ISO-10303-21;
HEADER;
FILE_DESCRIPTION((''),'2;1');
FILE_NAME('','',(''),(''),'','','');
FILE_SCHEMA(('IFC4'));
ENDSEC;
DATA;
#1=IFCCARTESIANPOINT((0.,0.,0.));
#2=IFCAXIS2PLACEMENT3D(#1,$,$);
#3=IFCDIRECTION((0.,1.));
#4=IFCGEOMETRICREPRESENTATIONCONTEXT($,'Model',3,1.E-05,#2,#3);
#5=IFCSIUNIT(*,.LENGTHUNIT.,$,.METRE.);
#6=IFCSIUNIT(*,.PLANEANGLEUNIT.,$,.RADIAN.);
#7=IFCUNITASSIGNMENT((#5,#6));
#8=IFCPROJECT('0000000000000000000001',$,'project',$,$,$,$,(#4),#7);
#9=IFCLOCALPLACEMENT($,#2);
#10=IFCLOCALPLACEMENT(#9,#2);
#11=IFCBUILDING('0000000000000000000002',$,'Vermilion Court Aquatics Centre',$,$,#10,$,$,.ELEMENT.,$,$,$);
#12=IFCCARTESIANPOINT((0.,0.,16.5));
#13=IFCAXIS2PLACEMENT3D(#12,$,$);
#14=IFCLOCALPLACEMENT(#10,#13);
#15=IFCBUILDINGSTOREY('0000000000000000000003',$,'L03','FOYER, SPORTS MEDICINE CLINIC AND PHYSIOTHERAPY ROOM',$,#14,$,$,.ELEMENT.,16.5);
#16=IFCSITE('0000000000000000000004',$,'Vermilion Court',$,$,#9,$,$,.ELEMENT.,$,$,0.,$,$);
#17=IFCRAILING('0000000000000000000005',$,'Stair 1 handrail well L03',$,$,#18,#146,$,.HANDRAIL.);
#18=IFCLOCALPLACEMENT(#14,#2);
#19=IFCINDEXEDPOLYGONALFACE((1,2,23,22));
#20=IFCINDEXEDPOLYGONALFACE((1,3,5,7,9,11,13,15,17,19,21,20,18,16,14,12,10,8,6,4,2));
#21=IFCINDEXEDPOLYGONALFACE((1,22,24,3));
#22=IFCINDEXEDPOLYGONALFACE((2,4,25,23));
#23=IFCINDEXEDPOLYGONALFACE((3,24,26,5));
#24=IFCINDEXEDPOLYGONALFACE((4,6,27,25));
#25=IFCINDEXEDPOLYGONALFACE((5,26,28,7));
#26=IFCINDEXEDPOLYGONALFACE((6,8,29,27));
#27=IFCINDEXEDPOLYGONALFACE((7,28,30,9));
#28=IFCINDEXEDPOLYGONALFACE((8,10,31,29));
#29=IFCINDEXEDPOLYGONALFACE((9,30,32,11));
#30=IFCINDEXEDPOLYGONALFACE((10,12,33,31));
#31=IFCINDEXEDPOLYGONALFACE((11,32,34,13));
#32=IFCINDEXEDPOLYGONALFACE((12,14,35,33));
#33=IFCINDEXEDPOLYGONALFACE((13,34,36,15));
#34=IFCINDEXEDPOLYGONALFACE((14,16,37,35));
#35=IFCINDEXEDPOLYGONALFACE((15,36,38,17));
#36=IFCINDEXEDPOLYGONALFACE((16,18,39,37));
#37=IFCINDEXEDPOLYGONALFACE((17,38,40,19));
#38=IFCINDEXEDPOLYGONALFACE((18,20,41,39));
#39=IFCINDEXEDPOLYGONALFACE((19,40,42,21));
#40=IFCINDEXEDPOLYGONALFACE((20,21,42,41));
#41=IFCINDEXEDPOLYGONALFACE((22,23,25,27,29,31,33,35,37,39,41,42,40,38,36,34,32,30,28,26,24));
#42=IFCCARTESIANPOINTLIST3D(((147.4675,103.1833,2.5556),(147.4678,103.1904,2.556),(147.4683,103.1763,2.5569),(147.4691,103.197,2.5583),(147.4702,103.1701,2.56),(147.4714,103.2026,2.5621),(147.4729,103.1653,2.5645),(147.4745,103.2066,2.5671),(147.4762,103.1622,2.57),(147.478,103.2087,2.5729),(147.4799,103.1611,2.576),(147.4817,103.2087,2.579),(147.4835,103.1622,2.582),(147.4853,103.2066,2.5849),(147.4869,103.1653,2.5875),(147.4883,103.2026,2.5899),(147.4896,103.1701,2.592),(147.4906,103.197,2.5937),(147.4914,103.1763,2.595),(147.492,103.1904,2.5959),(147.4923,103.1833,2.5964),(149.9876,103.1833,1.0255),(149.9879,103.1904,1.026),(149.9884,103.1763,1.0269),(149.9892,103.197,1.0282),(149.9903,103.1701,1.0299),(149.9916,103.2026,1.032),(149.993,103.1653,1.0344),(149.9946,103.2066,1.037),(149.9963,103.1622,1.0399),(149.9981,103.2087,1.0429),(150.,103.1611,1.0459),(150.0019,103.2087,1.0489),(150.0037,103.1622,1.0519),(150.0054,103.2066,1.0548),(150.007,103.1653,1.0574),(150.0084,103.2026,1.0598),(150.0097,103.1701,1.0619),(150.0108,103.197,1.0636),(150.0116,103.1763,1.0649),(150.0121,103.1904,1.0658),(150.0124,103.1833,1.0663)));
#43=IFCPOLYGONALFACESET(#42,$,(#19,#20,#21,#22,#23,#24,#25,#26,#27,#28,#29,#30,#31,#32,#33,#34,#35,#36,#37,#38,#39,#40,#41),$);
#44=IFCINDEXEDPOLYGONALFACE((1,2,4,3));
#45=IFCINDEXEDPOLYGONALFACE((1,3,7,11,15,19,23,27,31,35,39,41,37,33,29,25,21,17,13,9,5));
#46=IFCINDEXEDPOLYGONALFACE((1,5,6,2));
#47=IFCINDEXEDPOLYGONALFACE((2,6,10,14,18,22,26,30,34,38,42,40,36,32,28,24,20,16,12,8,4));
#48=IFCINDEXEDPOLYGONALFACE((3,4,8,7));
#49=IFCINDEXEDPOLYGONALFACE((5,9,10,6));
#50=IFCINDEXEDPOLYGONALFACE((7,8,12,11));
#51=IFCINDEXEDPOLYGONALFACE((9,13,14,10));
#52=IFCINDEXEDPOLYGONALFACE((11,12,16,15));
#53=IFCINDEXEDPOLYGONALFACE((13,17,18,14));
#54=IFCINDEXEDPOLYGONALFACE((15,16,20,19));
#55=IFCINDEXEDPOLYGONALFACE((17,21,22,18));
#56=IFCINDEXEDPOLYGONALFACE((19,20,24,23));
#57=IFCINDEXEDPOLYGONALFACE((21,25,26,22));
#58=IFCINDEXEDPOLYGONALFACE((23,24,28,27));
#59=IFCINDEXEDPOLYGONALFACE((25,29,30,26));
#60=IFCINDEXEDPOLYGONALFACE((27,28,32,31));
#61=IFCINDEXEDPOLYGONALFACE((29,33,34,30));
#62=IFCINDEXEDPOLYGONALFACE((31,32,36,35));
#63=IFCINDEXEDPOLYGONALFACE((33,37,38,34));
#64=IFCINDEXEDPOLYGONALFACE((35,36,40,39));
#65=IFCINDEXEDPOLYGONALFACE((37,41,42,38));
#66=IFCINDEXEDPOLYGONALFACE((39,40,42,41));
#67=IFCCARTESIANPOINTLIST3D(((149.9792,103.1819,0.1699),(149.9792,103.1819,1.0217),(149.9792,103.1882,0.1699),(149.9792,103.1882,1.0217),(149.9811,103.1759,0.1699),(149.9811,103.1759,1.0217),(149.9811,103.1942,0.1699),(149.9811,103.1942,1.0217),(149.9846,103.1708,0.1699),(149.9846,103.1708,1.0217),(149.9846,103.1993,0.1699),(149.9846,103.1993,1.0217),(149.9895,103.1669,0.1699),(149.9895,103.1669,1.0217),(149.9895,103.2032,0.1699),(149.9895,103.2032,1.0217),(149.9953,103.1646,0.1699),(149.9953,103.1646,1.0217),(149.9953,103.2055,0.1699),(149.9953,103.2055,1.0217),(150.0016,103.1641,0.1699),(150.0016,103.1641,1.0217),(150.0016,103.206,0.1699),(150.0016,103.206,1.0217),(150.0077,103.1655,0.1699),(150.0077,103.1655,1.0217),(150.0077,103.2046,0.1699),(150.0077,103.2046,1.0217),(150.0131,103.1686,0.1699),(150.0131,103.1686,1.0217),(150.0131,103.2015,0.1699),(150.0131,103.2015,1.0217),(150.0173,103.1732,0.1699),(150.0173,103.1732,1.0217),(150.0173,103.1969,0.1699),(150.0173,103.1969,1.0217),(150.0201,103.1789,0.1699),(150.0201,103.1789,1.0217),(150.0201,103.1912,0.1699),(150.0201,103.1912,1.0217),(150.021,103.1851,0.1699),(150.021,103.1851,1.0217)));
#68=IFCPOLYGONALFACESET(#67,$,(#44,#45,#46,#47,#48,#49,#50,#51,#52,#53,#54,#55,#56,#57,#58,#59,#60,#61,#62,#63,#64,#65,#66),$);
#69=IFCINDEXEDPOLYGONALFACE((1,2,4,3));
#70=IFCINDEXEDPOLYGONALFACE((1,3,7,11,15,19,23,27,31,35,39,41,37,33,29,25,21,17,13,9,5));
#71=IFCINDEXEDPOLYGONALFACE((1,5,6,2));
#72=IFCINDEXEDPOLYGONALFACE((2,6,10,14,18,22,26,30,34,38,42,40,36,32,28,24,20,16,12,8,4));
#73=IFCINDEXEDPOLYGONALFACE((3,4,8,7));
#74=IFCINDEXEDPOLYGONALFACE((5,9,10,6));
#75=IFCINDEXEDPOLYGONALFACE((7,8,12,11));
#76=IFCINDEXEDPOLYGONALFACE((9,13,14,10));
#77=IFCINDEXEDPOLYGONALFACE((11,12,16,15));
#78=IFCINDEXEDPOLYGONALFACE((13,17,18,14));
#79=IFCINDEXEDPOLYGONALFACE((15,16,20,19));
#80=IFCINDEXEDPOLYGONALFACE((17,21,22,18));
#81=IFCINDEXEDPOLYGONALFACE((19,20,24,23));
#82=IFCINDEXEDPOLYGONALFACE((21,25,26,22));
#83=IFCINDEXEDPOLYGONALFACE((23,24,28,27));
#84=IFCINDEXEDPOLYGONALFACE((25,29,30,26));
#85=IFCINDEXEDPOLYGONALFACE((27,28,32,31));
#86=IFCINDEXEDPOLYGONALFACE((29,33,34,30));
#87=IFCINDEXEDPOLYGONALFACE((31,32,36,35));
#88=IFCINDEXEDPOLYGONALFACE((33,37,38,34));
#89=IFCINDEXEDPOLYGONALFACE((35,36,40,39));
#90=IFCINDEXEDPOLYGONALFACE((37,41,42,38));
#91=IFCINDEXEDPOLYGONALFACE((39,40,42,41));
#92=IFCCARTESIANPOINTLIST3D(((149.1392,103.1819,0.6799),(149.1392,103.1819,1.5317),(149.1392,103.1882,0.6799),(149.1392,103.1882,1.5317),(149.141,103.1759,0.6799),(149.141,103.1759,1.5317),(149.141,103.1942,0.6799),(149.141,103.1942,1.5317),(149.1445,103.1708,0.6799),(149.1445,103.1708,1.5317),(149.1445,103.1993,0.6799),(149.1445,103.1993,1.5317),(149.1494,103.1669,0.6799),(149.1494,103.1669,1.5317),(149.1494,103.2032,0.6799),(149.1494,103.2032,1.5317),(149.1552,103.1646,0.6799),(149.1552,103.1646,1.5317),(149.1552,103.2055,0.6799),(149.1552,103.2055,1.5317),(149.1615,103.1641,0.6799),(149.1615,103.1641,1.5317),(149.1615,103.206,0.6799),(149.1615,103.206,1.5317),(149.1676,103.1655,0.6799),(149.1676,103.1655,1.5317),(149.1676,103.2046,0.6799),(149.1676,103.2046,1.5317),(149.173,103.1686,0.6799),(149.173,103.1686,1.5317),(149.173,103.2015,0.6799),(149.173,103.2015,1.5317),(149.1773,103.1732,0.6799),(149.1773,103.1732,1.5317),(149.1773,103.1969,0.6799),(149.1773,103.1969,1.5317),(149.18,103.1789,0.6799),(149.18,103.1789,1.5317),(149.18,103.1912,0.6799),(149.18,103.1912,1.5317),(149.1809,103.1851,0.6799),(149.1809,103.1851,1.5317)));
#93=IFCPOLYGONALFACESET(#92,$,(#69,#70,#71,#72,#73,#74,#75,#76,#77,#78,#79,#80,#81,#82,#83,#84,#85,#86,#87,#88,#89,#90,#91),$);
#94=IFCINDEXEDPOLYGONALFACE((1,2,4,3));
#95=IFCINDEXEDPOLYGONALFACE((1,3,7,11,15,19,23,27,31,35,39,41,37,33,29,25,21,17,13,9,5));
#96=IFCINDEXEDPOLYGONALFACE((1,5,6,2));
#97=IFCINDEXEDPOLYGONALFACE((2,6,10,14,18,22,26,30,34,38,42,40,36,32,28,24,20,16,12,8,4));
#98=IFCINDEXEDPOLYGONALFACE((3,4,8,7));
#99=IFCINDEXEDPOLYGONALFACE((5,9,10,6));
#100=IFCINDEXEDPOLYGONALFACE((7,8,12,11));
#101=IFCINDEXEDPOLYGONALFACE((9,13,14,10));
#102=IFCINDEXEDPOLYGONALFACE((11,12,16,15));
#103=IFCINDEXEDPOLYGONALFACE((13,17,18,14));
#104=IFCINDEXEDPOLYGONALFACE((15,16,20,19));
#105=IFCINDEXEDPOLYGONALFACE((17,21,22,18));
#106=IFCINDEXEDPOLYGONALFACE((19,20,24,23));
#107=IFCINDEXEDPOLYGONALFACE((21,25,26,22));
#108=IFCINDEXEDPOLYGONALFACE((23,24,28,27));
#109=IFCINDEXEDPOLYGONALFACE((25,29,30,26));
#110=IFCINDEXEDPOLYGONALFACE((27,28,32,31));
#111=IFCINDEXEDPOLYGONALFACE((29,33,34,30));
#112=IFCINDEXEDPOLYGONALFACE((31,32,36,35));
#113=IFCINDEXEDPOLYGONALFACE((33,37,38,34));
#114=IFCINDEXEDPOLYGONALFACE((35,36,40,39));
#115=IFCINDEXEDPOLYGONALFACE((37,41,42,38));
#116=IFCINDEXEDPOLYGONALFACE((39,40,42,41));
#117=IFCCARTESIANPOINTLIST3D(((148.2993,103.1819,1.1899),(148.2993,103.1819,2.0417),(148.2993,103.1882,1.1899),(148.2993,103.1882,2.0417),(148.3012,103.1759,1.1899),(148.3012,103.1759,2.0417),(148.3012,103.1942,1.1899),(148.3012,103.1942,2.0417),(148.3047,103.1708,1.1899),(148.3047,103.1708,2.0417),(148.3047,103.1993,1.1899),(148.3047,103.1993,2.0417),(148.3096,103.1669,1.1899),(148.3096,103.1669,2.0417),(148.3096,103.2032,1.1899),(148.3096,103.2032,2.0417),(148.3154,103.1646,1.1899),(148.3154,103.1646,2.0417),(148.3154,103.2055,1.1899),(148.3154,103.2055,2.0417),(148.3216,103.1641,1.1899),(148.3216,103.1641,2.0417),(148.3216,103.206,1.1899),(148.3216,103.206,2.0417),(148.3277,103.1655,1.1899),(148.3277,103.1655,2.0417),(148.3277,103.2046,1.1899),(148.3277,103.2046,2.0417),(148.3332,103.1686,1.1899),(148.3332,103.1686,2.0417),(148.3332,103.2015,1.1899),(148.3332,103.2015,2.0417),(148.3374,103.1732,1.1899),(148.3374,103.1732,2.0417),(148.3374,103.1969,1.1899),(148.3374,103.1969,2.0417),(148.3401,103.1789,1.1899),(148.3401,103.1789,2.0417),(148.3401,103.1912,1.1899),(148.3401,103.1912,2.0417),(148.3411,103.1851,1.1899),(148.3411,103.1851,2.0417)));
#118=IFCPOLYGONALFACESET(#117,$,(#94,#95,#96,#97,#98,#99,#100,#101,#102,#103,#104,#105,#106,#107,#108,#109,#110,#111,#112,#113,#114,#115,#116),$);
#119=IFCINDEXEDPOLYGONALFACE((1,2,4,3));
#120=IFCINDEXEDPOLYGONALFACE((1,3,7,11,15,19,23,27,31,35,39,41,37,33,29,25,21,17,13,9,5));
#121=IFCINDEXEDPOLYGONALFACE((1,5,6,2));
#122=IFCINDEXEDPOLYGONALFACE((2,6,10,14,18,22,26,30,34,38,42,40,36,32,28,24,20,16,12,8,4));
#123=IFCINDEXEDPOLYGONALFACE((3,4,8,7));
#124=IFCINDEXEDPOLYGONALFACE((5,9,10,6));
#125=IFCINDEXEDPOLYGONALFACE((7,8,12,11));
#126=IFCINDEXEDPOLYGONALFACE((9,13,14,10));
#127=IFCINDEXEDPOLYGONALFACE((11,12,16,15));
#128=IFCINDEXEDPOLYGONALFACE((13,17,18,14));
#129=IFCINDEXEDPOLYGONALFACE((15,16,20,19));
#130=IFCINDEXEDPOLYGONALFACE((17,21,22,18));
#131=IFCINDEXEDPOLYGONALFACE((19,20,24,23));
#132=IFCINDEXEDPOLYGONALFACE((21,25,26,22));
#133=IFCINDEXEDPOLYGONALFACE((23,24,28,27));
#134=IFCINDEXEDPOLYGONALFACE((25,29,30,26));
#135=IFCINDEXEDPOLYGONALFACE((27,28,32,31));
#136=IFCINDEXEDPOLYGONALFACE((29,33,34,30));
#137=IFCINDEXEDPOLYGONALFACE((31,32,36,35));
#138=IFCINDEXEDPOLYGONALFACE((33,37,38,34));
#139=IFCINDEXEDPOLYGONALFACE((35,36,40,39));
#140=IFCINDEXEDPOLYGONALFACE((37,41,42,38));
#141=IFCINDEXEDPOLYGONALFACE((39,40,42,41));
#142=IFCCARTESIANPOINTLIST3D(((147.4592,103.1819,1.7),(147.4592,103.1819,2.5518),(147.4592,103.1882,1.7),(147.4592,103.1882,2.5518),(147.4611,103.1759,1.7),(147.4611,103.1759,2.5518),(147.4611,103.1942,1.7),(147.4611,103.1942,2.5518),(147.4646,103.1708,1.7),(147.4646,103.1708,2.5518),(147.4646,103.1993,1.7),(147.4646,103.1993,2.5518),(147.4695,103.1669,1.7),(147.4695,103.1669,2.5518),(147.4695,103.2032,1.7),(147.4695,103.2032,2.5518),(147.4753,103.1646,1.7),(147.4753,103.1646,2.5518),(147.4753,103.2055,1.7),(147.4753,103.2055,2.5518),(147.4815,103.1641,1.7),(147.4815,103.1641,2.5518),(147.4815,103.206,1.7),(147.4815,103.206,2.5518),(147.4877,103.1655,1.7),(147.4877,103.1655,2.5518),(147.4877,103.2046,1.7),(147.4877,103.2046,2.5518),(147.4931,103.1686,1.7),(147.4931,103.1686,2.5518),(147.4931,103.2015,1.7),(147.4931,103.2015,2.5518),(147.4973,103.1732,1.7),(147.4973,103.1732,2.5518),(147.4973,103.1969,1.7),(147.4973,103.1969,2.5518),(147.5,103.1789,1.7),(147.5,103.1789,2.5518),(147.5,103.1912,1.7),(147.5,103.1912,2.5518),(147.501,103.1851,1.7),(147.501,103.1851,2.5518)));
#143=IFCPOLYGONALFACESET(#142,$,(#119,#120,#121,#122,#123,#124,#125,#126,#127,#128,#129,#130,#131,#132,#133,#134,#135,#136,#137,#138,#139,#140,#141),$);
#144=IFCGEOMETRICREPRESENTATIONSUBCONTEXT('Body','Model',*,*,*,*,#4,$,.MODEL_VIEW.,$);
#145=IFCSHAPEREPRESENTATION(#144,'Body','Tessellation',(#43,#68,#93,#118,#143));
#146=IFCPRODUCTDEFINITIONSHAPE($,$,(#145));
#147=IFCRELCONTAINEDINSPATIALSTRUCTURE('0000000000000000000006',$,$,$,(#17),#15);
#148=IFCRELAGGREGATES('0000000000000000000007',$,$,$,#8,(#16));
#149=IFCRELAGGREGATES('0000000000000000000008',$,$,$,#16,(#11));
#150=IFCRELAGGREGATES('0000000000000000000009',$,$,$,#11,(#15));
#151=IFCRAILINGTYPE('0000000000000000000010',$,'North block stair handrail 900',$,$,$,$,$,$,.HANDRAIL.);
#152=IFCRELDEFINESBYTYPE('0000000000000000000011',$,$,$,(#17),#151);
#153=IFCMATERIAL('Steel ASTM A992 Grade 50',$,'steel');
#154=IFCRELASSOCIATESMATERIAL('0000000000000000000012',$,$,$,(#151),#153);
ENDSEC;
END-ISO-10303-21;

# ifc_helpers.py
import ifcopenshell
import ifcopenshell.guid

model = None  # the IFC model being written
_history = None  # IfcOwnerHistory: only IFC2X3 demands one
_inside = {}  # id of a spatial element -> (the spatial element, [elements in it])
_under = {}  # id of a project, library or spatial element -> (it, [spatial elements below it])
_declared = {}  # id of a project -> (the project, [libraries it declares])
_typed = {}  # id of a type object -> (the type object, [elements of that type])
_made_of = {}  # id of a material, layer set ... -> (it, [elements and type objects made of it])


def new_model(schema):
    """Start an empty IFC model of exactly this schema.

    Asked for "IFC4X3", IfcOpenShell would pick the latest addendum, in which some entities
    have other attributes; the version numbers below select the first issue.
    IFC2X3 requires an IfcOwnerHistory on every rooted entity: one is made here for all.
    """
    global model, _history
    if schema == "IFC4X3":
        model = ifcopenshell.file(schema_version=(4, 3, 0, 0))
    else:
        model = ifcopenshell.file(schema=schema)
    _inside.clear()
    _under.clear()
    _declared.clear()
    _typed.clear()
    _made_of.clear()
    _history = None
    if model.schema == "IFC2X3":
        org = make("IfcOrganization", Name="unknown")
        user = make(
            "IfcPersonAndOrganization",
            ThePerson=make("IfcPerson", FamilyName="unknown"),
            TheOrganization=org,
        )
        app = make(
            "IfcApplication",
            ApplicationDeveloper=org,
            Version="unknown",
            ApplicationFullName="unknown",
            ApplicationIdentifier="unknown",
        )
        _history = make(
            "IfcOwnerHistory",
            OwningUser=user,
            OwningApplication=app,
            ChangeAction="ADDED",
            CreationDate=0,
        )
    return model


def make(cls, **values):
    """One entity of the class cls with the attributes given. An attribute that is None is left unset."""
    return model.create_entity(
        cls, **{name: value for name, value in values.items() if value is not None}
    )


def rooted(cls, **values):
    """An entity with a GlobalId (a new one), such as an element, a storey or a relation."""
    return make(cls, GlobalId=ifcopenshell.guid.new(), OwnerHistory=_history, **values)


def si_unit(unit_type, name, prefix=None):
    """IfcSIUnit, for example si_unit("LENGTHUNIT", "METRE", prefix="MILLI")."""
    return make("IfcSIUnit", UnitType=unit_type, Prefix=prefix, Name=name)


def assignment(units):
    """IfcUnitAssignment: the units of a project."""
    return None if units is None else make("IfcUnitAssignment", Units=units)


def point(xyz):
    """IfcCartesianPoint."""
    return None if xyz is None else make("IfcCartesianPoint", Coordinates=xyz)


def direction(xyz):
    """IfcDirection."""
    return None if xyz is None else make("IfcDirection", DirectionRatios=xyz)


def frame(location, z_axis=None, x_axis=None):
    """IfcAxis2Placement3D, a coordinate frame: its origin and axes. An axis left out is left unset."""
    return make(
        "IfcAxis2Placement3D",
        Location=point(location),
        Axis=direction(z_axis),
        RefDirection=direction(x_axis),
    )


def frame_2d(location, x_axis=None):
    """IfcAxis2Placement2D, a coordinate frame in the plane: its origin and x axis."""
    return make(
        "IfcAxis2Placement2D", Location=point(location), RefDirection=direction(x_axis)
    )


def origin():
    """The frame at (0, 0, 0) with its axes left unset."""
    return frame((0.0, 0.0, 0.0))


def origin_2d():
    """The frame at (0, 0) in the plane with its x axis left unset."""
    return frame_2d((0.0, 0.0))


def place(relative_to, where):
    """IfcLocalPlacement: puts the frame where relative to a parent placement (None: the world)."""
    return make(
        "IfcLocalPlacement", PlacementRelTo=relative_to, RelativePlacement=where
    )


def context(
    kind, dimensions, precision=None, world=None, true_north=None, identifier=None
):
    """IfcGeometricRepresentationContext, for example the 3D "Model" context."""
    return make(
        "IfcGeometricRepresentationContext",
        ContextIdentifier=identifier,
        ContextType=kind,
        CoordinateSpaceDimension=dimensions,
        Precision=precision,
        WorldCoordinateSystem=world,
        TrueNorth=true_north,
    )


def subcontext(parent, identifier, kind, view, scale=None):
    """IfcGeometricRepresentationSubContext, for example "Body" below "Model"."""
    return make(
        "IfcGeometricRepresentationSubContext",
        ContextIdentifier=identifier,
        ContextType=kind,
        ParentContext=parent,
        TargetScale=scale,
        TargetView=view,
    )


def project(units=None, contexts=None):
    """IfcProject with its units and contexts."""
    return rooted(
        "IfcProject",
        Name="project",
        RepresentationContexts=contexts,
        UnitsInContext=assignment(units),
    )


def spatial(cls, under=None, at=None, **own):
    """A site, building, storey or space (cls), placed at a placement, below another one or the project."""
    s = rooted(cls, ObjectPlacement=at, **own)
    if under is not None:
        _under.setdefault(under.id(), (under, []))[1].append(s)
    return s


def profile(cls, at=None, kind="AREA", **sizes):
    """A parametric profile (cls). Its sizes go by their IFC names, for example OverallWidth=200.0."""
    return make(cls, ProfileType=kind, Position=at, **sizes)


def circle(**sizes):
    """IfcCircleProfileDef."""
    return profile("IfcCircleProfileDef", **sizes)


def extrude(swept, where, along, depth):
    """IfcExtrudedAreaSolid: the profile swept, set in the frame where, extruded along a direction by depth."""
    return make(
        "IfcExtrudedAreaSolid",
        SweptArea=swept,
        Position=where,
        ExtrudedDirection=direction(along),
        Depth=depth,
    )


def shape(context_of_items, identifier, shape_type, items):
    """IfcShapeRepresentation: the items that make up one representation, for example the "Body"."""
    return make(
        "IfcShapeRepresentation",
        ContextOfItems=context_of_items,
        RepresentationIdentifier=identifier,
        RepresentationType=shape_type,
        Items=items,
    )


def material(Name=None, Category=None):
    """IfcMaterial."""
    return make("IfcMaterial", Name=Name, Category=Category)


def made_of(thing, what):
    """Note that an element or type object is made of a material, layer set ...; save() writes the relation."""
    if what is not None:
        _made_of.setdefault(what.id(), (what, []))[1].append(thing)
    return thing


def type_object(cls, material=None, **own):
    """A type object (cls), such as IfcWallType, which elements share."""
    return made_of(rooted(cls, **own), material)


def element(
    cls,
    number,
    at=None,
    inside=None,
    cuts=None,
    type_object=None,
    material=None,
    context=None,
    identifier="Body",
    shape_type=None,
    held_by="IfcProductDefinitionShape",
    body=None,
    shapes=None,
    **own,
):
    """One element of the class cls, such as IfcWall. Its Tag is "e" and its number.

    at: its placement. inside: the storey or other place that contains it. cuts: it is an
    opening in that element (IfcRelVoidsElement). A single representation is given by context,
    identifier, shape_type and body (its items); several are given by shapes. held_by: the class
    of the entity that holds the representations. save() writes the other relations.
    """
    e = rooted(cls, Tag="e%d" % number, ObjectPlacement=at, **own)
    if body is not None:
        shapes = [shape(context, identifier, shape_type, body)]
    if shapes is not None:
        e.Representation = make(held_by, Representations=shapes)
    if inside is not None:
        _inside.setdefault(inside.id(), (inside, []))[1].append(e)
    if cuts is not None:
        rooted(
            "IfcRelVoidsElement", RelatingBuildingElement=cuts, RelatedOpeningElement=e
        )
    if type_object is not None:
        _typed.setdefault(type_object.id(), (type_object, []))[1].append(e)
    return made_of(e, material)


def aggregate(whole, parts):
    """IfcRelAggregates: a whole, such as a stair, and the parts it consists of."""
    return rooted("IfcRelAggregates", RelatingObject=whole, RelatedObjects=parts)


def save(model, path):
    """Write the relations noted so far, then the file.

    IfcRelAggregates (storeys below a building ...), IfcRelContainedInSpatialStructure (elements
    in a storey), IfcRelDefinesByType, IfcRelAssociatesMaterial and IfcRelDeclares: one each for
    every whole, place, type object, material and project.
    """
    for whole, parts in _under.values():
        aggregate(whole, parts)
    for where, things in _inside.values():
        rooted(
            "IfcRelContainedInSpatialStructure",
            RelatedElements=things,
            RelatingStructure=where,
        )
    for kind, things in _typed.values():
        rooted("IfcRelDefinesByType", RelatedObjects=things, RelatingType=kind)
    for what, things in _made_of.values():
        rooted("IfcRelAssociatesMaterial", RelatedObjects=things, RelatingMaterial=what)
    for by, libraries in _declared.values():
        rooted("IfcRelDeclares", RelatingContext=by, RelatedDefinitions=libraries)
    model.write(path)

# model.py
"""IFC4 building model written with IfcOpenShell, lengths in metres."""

from ifc_helpers import new_model, si_unit, direction, frame, origin, origin_2d, place, context, subcontext, project, spatial, circle, extrude, material, type_object, element, save


model = new_model("IFC4")

# Units and contexts
model_context = context("Model", 3, precision=1e-05, world=origin(), true_north=direction((0.0, 1.0)))
body_context = subcontext(model_context, "Body", "Model", "MODEL_VIEW")
ifc_project = project(units=[si_unit("LENGTHUNIT", "METRE"), si_unit("PLANEANGLEUNIT", "RADIAN")], contexts=[model_context])

# Site, building, storey
site_placement = place(None, origin())
site = spatial("IfcSite", under=ifc_project, at=site_placement, Name="Vermilion Court", CompositionType="ELEMENT", RefElevation=0.0)
building_placement = place(site_placement, origin())
building = spatial("IfcBuilding", under=site, at=building_placement, Name="Vermilion Court Aquatics Centre", CompositionType="ELEMENT")
storey_placement = place(building_placement, frame((0.0, 0.0, 16.5)))
storey = spatial("IfcBuildingStorey", under=building, at=storey_placement, Name="L03", Description="FOYER, SPORTS MEDICINE CLINIC AND PHYSIOTHERAPY ROOM", CompositionType="ELEMENT", Elevation=16.5)

# Railing
ifc_material_1 = material(Name="Steel ASTM A992 Grade 50", Category="steel")
railing_type_1 = type_object("IfcRailingType", Name="North block stair handrail 900", PredefinedType="HANDRAIL", material=ifc_material_1)
for number, where, name in (
    (1, (150.0, 103.1851, 0.1699), "Stair 1 handrail well L03"),
):
    element("IfcRailing", number, at=place(storey_placement, frame(where)), inside=storey, type_object=railing_type_1, Name=name, PredefinedType="HANDRAIL", context=body_context, shape_type="SweptSolid", body=[
        extrude(circle(Radius=0.0239, at=origin_2d()), frame((0.0, 0.0, 0.876), z_axis=(-0.854785, 0.0, 0.518982), x_axis=(0.0, -1.0, 0.0)), (0.0, 0.0, 1.0), 2.9482),
        extrude(circle(Radius=0.021, at=origin_2d()), origin(), (0.0, 0.0, 1.0), 0.8518),
        extrude(circle(Radius=0.021, at=origin_2d()), frame((-0.8401, 0.0, 0.51)), (0.0, 0.0, 1.0), 0.8518),
        extrude(circle(Radius=0.021, at=origin_2d()), frame((-1.6799, 0.0, 1.02)), (0.0, 0.0, 1.0), 0.8518),
        extrude(circle(Radius=0.021, at=origin_2d()), frame((-2.52, 0.0, 1.53)), (0.0, 0.0, 1.0), 0.8518),
    ])

save(model, "model.ifc")
